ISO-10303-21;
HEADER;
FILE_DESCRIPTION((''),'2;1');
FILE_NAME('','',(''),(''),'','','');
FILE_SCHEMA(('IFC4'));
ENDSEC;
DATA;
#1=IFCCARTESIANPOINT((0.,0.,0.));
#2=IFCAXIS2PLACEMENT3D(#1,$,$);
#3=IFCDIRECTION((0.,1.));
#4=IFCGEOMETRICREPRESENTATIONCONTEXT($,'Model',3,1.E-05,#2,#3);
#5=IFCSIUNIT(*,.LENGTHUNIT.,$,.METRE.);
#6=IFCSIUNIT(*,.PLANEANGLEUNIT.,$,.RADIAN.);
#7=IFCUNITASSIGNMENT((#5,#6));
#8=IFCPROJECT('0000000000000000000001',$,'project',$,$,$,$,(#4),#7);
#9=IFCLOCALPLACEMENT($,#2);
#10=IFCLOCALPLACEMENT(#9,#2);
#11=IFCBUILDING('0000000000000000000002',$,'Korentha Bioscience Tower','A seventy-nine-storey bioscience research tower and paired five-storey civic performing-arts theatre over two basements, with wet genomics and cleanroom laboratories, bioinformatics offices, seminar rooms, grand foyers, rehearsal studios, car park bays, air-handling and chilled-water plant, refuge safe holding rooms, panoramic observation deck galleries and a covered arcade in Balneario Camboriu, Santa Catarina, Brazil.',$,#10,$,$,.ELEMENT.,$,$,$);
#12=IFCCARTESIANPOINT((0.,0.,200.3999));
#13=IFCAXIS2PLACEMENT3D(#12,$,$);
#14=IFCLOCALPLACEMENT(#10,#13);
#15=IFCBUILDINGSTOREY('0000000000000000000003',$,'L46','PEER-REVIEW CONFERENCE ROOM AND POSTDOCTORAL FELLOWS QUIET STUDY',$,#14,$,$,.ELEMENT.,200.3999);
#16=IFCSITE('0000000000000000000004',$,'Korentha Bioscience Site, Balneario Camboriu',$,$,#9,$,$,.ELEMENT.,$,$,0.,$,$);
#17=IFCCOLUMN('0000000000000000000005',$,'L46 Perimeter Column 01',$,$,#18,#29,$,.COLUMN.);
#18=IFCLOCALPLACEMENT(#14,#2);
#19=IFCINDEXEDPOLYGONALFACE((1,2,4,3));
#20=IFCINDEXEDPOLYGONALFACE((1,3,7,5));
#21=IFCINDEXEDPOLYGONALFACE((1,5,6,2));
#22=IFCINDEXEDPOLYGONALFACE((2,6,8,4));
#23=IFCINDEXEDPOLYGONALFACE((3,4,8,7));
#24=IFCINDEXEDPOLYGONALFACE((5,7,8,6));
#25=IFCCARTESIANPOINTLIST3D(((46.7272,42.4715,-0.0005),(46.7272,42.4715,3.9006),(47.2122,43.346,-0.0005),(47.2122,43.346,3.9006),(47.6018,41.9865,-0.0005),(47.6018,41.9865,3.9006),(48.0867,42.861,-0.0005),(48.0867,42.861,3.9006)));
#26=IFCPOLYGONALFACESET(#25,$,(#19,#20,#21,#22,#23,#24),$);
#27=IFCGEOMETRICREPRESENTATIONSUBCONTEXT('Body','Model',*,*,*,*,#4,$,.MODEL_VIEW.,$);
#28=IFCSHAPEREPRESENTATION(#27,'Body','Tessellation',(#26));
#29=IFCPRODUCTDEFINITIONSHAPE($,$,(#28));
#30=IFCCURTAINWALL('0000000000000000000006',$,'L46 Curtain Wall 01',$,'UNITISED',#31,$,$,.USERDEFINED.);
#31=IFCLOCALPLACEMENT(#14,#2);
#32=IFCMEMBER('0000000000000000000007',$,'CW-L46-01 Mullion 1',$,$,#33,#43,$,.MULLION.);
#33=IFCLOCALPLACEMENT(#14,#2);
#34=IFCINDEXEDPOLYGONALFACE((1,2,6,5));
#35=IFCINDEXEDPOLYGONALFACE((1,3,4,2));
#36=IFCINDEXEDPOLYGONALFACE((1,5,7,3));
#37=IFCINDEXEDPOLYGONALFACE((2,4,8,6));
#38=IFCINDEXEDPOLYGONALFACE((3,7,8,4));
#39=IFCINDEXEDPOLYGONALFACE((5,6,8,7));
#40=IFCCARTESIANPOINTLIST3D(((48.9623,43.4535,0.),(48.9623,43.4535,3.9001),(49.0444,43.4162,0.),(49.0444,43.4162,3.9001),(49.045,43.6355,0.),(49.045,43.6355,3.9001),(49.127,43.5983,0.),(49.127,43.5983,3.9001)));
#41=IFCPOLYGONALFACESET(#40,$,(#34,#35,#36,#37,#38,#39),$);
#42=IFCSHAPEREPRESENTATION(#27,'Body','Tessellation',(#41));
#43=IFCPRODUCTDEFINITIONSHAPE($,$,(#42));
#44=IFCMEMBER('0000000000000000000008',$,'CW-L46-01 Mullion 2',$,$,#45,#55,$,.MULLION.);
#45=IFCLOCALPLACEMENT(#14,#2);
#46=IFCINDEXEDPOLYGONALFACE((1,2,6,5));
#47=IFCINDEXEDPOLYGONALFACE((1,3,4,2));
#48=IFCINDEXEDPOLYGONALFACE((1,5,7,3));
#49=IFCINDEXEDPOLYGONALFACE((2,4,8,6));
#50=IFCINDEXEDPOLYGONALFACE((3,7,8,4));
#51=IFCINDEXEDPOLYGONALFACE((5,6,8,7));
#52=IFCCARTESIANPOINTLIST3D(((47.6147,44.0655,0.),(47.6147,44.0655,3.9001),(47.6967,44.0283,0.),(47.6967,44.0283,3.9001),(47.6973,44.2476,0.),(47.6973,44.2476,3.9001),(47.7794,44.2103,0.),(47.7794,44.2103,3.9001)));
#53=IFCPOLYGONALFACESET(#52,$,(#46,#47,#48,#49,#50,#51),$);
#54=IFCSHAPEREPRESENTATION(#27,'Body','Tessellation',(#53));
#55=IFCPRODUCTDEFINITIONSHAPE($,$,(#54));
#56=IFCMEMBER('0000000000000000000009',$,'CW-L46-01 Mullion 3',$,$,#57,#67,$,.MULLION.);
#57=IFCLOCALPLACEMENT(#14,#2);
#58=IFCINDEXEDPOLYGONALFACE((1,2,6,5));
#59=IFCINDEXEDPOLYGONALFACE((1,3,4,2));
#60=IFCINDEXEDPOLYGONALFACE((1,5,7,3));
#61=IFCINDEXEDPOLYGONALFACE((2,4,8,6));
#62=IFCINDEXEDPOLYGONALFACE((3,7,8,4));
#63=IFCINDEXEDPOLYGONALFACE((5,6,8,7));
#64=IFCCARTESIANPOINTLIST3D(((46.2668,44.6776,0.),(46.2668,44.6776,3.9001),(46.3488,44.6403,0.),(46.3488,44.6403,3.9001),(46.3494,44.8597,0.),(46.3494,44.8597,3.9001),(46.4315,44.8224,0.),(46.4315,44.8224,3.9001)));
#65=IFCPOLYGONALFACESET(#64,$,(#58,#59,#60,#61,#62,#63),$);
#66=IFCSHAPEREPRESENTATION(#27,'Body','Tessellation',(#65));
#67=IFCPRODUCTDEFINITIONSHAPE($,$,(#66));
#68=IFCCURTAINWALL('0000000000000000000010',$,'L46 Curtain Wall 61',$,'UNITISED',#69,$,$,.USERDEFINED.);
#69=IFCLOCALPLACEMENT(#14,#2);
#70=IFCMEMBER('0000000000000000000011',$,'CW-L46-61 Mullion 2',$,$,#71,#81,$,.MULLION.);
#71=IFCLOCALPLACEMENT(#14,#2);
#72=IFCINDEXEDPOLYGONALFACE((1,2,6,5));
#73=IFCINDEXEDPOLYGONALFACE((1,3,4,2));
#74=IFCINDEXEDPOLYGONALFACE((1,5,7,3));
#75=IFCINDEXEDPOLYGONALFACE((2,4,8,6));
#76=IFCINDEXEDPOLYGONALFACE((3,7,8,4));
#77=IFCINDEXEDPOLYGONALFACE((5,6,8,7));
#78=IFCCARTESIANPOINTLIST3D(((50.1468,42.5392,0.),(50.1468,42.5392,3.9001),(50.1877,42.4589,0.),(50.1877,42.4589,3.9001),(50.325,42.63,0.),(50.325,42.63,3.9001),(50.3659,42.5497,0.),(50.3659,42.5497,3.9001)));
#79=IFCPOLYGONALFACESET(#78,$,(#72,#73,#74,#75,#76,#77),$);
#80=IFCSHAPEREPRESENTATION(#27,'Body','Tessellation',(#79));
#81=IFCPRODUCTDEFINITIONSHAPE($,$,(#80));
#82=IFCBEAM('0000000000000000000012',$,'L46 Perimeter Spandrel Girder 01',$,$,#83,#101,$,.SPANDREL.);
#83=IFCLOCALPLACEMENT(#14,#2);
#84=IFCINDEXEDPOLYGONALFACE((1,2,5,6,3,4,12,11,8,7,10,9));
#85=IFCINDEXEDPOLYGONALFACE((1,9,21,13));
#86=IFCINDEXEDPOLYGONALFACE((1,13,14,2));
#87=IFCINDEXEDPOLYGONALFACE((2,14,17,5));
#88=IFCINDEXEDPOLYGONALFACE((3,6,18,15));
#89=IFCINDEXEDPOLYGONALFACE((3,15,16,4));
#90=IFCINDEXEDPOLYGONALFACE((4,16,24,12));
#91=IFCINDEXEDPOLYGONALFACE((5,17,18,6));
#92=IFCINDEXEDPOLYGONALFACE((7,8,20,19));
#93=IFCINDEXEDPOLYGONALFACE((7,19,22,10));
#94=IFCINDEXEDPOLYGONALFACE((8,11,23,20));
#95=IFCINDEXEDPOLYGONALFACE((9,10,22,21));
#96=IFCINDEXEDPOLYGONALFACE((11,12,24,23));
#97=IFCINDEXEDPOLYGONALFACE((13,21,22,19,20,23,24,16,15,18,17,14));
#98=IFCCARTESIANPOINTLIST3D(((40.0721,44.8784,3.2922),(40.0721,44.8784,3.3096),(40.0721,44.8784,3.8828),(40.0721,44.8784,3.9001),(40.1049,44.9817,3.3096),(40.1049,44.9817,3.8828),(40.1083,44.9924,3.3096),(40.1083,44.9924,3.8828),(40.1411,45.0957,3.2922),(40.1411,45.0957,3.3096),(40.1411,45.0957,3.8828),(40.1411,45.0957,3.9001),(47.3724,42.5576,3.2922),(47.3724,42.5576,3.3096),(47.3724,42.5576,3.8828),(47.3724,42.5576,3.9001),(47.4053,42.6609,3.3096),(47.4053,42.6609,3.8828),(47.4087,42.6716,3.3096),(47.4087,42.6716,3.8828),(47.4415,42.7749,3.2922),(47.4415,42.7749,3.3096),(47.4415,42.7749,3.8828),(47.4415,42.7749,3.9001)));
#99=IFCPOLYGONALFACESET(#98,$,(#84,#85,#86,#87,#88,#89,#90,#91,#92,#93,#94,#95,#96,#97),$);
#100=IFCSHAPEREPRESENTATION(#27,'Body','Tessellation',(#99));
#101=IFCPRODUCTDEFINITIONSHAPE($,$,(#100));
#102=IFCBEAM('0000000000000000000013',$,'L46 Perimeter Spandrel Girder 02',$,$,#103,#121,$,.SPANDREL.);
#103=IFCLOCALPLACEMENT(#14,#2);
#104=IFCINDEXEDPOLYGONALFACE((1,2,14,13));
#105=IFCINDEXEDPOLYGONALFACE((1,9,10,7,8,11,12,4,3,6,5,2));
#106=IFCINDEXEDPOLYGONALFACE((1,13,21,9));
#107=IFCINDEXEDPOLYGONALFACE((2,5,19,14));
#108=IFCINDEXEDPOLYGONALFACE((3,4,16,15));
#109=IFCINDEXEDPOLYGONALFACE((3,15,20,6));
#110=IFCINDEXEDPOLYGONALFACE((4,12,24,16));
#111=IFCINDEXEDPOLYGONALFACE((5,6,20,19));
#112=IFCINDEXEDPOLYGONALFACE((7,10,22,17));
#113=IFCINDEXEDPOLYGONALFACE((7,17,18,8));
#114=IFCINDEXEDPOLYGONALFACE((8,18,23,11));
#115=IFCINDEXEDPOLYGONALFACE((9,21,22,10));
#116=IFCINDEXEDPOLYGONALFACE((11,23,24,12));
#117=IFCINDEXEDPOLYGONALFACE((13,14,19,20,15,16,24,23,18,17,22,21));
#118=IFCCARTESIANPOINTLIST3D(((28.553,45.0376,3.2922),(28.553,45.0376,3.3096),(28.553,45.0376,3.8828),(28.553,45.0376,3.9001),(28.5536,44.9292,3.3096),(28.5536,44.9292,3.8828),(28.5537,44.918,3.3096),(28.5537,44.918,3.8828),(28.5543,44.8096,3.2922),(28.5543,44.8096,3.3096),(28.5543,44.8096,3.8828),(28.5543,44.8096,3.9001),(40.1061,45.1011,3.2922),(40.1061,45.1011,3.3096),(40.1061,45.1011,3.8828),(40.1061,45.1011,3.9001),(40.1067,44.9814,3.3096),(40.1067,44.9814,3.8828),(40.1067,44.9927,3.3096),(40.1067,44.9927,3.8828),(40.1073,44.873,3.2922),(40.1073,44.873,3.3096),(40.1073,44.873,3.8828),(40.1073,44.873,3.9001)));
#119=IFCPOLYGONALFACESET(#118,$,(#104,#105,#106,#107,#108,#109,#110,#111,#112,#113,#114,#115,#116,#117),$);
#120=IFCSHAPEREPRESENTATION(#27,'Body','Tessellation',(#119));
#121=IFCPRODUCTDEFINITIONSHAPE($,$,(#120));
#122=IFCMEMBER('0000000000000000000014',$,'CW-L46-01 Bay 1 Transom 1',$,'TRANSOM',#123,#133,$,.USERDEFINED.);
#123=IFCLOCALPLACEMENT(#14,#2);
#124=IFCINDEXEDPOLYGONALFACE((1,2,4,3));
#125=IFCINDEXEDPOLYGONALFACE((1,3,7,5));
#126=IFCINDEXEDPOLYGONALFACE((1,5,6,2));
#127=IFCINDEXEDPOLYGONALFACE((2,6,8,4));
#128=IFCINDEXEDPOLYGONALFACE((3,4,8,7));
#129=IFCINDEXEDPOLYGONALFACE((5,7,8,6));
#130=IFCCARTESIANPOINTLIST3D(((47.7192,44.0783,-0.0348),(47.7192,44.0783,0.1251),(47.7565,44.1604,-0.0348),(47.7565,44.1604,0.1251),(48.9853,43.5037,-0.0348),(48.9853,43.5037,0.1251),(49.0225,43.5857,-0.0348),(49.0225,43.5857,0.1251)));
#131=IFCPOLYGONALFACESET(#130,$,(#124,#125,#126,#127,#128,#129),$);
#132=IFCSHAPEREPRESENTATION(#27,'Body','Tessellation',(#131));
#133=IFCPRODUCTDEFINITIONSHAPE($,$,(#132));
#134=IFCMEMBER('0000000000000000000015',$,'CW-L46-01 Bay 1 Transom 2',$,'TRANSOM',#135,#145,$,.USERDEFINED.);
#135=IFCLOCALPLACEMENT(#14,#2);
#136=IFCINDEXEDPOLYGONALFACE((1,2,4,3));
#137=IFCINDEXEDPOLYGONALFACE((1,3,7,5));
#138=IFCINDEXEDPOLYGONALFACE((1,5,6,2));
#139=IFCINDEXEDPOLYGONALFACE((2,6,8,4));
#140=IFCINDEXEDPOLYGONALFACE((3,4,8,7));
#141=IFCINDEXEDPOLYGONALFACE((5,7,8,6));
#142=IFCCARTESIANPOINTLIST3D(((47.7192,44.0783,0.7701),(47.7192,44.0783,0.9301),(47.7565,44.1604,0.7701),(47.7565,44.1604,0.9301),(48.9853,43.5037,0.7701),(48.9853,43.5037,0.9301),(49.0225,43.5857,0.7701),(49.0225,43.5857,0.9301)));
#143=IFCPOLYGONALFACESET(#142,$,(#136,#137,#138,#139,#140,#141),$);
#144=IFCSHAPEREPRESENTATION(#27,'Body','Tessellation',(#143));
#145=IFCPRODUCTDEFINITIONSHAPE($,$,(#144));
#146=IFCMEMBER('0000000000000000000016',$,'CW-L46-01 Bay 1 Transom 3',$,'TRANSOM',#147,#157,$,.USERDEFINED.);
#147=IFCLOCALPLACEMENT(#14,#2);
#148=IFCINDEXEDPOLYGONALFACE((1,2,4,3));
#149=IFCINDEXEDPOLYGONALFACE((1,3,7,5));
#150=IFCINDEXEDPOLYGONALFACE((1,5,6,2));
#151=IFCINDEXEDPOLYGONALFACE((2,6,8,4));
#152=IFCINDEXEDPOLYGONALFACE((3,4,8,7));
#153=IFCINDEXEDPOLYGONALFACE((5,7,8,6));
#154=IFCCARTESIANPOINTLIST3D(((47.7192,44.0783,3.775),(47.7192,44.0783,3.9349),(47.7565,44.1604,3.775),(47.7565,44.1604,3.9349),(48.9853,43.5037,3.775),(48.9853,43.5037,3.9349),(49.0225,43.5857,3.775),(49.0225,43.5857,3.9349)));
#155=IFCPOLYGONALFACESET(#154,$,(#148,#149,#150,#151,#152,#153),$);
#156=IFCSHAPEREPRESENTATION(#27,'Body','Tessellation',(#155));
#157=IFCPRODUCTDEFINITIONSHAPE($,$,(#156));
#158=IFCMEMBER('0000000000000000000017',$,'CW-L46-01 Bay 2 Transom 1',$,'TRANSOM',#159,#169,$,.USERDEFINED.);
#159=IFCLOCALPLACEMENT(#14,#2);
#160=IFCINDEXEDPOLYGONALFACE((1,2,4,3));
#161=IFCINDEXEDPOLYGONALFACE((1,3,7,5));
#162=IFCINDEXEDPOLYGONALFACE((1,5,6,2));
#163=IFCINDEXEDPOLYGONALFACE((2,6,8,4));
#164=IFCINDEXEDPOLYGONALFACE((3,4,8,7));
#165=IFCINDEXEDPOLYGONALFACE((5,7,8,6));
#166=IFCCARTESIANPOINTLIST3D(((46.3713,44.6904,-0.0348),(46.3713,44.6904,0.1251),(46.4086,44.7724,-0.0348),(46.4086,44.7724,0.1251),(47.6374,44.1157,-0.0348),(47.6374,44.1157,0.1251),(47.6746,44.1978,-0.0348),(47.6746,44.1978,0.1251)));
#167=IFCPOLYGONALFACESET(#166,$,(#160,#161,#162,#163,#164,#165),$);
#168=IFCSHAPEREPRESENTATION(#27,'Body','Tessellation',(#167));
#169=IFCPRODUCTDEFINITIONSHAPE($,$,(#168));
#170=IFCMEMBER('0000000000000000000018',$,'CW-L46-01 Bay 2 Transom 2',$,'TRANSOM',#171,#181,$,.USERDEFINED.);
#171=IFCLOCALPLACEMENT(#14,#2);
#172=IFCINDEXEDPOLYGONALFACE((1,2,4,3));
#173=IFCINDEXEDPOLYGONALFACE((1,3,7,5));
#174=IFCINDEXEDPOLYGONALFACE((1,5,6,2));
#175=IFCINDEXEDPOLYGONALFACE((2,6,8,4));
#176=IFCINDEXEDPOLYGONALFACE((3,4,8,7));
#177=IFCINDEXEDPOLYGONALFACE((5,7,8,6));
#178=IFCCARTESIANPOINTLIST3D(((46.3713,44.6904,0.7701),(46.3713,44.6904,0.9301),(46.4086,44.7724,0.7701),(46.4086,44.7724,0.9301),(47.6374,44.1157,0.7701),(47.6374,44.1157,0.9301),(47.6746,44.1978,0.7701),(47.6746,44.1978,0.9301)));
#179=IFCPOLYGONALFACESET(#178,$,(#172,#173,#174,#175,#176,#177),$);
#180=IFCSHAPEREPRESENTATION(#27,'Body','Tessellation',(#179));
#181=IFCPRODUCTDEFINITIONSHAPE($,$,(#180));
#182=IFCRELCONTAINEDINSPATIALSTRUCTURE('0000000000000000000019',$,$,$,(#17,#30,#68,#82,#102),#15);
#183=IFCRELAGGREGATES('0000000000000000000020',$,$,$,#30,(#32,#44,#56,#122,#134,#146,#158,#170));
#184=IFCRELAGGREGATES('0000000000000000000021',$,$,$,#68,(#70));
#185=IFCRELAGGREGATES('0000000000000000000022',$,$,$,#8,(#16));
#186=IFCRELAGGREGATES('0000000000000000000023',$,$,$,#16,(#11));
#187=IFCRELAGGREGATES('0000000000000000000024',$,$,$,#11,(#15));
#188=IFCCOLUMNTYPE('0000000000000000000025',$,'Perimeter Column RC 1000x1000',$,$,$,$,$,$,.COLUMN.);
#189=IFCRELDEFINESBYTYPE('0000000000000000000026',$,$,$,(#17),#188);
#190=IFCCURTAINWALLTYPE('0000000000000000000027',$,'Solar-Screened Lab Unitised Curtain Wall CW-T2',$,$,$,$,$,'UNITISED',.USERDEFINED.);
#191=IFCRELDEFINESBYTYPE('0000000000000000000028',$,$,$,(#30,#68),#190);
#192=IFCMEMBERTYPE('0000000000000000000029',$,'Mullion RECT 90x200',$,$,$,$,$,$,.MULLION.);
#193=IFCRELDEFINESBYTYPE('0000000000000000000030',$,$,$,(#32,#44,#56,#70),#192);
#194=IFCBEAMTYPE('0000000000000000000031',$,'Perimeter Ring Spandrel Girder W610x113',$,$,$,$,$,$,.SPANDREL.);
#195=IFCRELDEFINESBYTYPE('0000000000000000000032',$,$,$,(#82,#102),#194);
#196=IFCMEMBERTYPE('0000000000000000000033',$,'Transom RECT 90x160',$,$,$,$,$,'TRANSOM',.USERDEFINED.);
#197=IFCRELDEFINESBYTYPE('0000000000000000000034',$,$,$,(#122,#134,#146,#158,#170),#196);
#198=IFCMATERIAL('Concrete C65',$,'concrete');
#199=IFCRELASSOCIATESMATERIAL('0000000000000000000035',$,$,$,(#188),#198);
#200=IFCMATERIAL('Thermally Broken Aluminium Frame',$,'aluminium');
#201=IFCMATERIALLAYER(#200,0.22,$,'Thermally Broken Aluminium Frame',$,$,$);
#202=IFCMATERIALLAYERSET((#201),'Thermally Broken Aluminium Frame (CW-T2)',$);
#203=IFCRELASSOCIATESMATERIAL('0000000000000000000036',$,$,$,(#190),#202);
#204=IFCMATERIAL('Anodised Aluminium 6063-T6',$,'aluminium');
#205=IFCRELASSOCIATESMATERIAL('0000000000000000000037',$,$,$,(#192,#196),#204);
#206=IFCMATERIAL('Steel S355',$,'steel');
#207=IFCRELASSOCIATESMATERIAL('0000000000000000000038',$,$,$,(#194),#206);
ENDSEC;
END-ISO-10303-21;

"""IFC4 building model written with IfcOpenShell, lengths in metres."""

from ifc_helpers import new_model, si_unit, direction, frame, origin, origin_2d, place, context, subcontext, project, spatial, rectangle, i_section, extrude, material, layer, layer_set, material_profile, profile_set, type_object, element, aggregate, save


model = new_model("IFC4")

# Units and contexts
model_context = context("Model", 3, precision=1e-05, world=origin(), true_north=direction((0.0, 1.0)))
body_context = subcontext(model_context, "Body", "Model", "MODEL_VIEW")
ifc_project = project(units=[si_unit("LENGTHUNIT", "METRE"), si_unit("PLANEANGLEUNIT", "RADIAN")], contexts=[model_context])

# Site, building, storey
site_placement = place(None, origin())
site = spatial("IfcSite", under=ifc_project, at=site_placement, Name="Korentha Bioscience Site, Balneario Camboriu", CompositionType="ELEMENT", RefElevation=0.0)
building_placement = place(site_placement, origin())
building = spatial("IfcBuilding", under=site, at=building_placement, Name="Korentha Bioscience Tower", Description="A seventy-nine-storey bioscience research tower and paired five-storey civic performing-arts theatre over two basements, with wet genomics and cleanroom laboratories, bioinformatics offices, seminar rooms, grand foyers, rehearsal studios, car park bays, air-handling and chilled-water plant, refuge safe holding rooms, panoramic observation deck galleries and a covered arcade in Balneario Camboriu, Santa Catarina, Brazil.", CompositionType="ELEMENT")
storey_placement = place(building_placement, frame((0.0, 0.0, 200.3999)))
storey = spatial("IfcBuildingStorey", under=building, at=storey_placement, Name="L46", Description="PEER-REVIEW CONFERENCE ROOM AND POSTDOCTORAL FELLOWS QUIET STUDY", CompositionType="ELEMENT", Elevation=200.3999)

# Column
ifc_material_1 = material(Name="Concrete C65", Category="concrete")
ifc_material_profile_1 = material_profile(ifc_material_1, rectangle(XDim=1.0, YDim=1.0, at=origin_2d()), Name="Concrete C65")
ifc_profile_set_1 = profile_set([ifc_material_profile_1], Name="Concrete C65 (COL-P10)")
column_type = type_object("IfcColumnType", Name="Perimeter Column RC 1000x1000", PredefinedType="COLUMN", material=ifc_profile_set_1)
column_placement = place(storey_placement, frame((47.407, 42.6663, -0.0005), z_axis=(0.0, 0.0, 1.0), x_axis=(-0.874535, 0.484962, 0.0)))
element("IfcColumn", 1, at=column_placement, inside=storey, type_object=column_type, Name="L46 Perimeter Column 01", PredefinedType="COLUMN", context=body_context, shape_type="SweptSolid", body=[
    extrude(rectangle(XDim=1.0, YDim=1.0, at=origin_2d()), origin(), (0.0, 0.0, 1.0), 3.9011),
])

# Curtain wall, members
ifc_material_2 = material(Name="Thermally Broken Aluminium Frame", Category="aluminium")
ifc_layer_1 = layer(ifc_material_2, 0.22, Name="Thermally Broken Aluminium Frame")
ifc_layer_set_1 = layer_set([ifc_layer_1], Name="Thermally Broken Aluminium Frame (CW-T2)")
curtain_wall_type = type_object("IfcCurtainWallType", Name="Solar-Screened Lab Unitised Curtain Wall CW-T2", ElementType="UNITISED", PredefinedType="USERDEFINED", material=ifc_layer_set_1)
curtain_wall_1_placement = place(storey_placement, origin())
curtain_wall_1 = element("IfcCurtainWall", 2, at=curtain_wall_1_placement, inside=storey, type_object=curtain_wall_type, Name="L46 Curtain Wall 01", ObjectType="UNITISED", PredefinedType="USERDEFINED")
ifc_material_3 = material(Name="Anodised Aluminium 6063-T6", Category="aluminium")
ifc_material_profile_2 = material_profile(ifc_material_3, rectangle(XDim=0.0901, YDim=0.2, at=origin_2d()), Name="Anodised Aluminium 6063-T6")
ifc_profile_set_2 = profile_set([ifc_material_profile_2], Name="Anodised Aluminium 6063-T6 (CW-MUL)")
member_type_1 = type_object("IfcMemberType", Name="Mullion RECT 90x200", PredefinedType="MULLION", material=ifc_profile_set_2)
member_1_placement = place(storey_placement, frame((49.0447, 43.5259, 0.0), z_axis=(0.0, 0.0, 1.0), x_axis=(-0.91052, 0.413465, 0.0)))
member_1 = element("IfcMember", 3, at=member_1_placement, type_object=member_type_1, Name="CW-L46-01 Mullion 1", PredefinedType="MULLION", context=body_context, shape_type="SweptSolid", body=[
    extrude(rectangle(XDim=0.0901, YDim=0.2, at=origin_2d()), origin(), (0.0, 0.0, 1.0), 3.9001),
])
member_2_placement = place(storey_placement, frame((47.697, 44.1379, 0.0), z_axis=(0.0, 0.0, 1.0), x_axis=(-0.91052, 0.413465, 0.0)))
member_2 = element("IfcMember", 4, at=member_2_placement, type_object=member_type_1, Name="CW-L46-01 Mullion 2", PredefinedType="MULLION", context=body_context, shape_type="SweptSolid", body=[
    extrude(rectangle(XDim=0.0901, YDim=0.2, at=origin_2d()), origin(), (0.0, 0.0, 1.0), 3.9001),
])
member_3_placement = place(storey_placement, frame((46.3491, 44.75, 0.0), z_axis=(0.0, 0.0, 1.0), x_axis=(-0.91052, 0.413465, 0.0)))
member_3 = element("IfcMember", 5, at=member_3_placement, type_object=member_type_1, Name="CW-L46-01 Mullion 3", PredefinedType="MULLION", context=body_context, shape_type="SweptSolid", body=[
    extrude(rectangle(XDim=0.0901, YDim=0.2, at=origin_2d()), origin(), (0.0, 0.0, 1.0), 3.9001),
])

# Curtain wall, member
curtain_wall_2_placement = place(storey_placement, origin())
curtain_wall_2 = element("IfcCurtainWall", 6, at=curtain_wall_2_placement, inside=storey, type_object=curtain_wall_type, Name="L46 Curtain Wall 61", ObjectType="UNITISED", PredefinedType="USERDEFINED")
member_4_placement = place(storey_placement, frame((50.2563, 42.5444, 0.0), z_axis=(0.0, 0.0, 1.0), x_axis=(-0.454116, 0.890943, 0.0)))
member_4 = element("IfcMember", 7, at=member_4_placement, type_object=member_type_1, Name="CW-L46-61 Mullion 2", PredefinedType="MULLION", context=body_context, shape_type="SweptSolid", body=[
    extrude(rectangle(XDim=0.0901, YDim=0.2, at=origin_2d()), origin(), (0.0, 0.0, 1.0), 3.9001),
])

# Beams
ifc_material_4 = material(Name="Steel S355", Category="steel")
ifc_material_profile_3 = material_profile(ifc_material_4, i_section(OverallWidth=0.228, OverallDepth=0.6079, WebThickness=0.0112, FlangeThickness=0.0173, at=origin_2d()), Name="Steel S355")
ifc_profile_set_3 = profile_set([ifc_material_profile_3], Name="Steel S355 (SB-610)")
beam_type = type_object("IfcBeamType", Name="Perimeter Ring Spandrel Girder W610x113", PredefinedType="SPANDREL", material=ifc_profile_set_3)
beam_1_placement = place(storey_placement, frame((47.407, 42.6663, 3.5962), z_axis=(-0.953002, 0.302964, 0.0), x_axis=(-0.302964, -0.953002, 0.0)))
element("IfcBeam", 8, at=beam_1_placement, inside=storey, type_object=beam_type, Name="L46 Perimeter Spandrel Girder 01", PredefinedType="SPANDREL", context=body_context, shape_type="SweptSolid", body=[
    extrude(i_section(OverallWidth=0.228, OverallDepth=0.6079, WebThickness=0.0112, FlangeThickness=0.0173, at=origin_2d()), origin(), (0.0, 0.0, 1.0), 7.6604),
])
beam_2_placement = place(storey_placement, frame((40.1067, 44.9871, 3.5962), z_axis=(-0.999985, -0.005494, 0.0), x_axis=(0.005494, -0.999985, 0.0)))
element("IfcBeam", 9, at=beam_2_placement, inside=storey, type_object=beam_type, Name="L46 Perimeter Spandrel Girder 02", PredefinedType="SPANDREL", context=body_context, shape_type="SweptSolid", body=[
    extrude(i_section(OverallWidth=0.228, OverallDepth=0.6079, WebThickness=0.0112, FlangeThickness=0.0173, at=origin_2d()), origin(), (0.0, 0.0, 1.0), 11.5532),
])

# Members
ifc_material_profile_4 = material_profile(ifc_material_3, rectangle(XDim=0.0901, YDim=0.1599, at=origin_2d()), Name="Anodised Aluminium 6063-T6")
ifc_profile_set_4 = profile_set([ifc_material_profile_4], Name="Anodised Aluminium 6063-T6 (CW-TRN)")
member_type_2 = type_object("IfcMemberType", Name="Transom RECT 90x160", ElementType="TRANSOM", PredefinedType="USERDEFINED", material=ifc_profile_set_4)
member_5_placement = place(storey_placement, frame((49.0039, 43.5447, 0.0452), z_axis=(-0.910583, 0.413327, 0.0), x_axis=(-0.413327, -0.910583, 0.0)))
member_5 = element("IfcMember", 10, at=member_5_placement, type_object=member_type_2, Name="CW-L46-01 Bay 1 Transom 1", ObjectType="TRANSOM", PredefinedType="USERDEFINED", context=body_context, shape_type="SweptSolid", body=[
    extrude(rectangle(XDim=0.0901, YDim=0.1599, at=origin_2d()), origin(), (0.0, 0.0, 1.0), 1.3904),
])
member_6_placement = place(storey_placement, frame((49.0039, 43.5447, 0.8501), z_axis=(-0.910583, 0.413327, 0.0), x_axis=(-0.413327, -0.910583, 0.0)))
member_6 = element("IfcMember", 11, at=member_6_placement, type_object=member_type_2, Name="CW-L46-01 Bay 1 Transom 2", ObjectType="TRANSOM", PredefinedType="USERDEFINED", context=body_context, shape_type="SweptSolid", body=[
    extrude(rectangle(XDim=0.0901, YDim=0.1599, at=origin_2d()), origin(), (0.0, 0.0, 1.0), 1.3904),
])
member_7_placement = place(storey_placement, frame((49.0039, 43.5447, 3.855), z_axis=(-0.910583, 0.413327, 0.0), x_axis=(-0.413327, -0.910583, 0.0)))
member_7 = element("IfcMember", 12, at=member_7_placement, type_object=member_type_2, Name="CW-L46-01 Bay 1 Transom 3", ObjectType="TRANSOM", PredefinedType="USERDEFINED", context=body_context, shape_type="SweptSolid", body=[
    extrude(rectangle(XDim=0.0901, YDim=0.1599, at=origin_2d()), origin(), (0.0, 0.0, 1.0), 1.3904),
])
member_8_placement = place(storey_placement, frame((47.656, 44.1567, 0.0452), z_axis=(-0.910583, 0.413327, 0.0), x_axis=(-0.413327, -0.910583, 0.0)))
member_8 = element("IfcMember", 13, at=member_8_placement, type_object=member_type_2, Name="CW-L46-01 Bay 2 Transom 1", ObjectType="TRANSOM", PredefinedType="USERDEFINED", context=body_context, shape_type="SweptSolid", body=[
    extrude(rectangle(XDim=0.0901, YDim=0.1599, at=origin_2d()), origin(), (0.0, 0.0, 1.0), 1.3904),
])
member_9_placement = place(storey_placement, frame((47.656, 44.1567, 0.8501), z_axis=(-0.910583, 0.413327, 0.0), x_axis=(-0.413327, -0.910583, 0.0)))
member_9 = element("IfcMember", 14, at=member_9_placement, type_object=member_type_2, Name="CW-L46-01 Bay 2 Transom 2", ObjectType="TRANSOM", PredefinedType="USERDEFINED", context=body_context, shape_type="SweptSolid", body=[
    extrude(rectangle(XDim=0.0901, YDim=0.1599, at=origin_2d()), origin(), (0.0, 0.0, 1.0), 1.3904),
])

aggregate(curtain_wall_1, [member_1, member_2, member_3, member_5, member_6, member_7, member_8, member_9])
aggregate(curtain_wall_2, [member_4])

save(model, "model.ifc")
